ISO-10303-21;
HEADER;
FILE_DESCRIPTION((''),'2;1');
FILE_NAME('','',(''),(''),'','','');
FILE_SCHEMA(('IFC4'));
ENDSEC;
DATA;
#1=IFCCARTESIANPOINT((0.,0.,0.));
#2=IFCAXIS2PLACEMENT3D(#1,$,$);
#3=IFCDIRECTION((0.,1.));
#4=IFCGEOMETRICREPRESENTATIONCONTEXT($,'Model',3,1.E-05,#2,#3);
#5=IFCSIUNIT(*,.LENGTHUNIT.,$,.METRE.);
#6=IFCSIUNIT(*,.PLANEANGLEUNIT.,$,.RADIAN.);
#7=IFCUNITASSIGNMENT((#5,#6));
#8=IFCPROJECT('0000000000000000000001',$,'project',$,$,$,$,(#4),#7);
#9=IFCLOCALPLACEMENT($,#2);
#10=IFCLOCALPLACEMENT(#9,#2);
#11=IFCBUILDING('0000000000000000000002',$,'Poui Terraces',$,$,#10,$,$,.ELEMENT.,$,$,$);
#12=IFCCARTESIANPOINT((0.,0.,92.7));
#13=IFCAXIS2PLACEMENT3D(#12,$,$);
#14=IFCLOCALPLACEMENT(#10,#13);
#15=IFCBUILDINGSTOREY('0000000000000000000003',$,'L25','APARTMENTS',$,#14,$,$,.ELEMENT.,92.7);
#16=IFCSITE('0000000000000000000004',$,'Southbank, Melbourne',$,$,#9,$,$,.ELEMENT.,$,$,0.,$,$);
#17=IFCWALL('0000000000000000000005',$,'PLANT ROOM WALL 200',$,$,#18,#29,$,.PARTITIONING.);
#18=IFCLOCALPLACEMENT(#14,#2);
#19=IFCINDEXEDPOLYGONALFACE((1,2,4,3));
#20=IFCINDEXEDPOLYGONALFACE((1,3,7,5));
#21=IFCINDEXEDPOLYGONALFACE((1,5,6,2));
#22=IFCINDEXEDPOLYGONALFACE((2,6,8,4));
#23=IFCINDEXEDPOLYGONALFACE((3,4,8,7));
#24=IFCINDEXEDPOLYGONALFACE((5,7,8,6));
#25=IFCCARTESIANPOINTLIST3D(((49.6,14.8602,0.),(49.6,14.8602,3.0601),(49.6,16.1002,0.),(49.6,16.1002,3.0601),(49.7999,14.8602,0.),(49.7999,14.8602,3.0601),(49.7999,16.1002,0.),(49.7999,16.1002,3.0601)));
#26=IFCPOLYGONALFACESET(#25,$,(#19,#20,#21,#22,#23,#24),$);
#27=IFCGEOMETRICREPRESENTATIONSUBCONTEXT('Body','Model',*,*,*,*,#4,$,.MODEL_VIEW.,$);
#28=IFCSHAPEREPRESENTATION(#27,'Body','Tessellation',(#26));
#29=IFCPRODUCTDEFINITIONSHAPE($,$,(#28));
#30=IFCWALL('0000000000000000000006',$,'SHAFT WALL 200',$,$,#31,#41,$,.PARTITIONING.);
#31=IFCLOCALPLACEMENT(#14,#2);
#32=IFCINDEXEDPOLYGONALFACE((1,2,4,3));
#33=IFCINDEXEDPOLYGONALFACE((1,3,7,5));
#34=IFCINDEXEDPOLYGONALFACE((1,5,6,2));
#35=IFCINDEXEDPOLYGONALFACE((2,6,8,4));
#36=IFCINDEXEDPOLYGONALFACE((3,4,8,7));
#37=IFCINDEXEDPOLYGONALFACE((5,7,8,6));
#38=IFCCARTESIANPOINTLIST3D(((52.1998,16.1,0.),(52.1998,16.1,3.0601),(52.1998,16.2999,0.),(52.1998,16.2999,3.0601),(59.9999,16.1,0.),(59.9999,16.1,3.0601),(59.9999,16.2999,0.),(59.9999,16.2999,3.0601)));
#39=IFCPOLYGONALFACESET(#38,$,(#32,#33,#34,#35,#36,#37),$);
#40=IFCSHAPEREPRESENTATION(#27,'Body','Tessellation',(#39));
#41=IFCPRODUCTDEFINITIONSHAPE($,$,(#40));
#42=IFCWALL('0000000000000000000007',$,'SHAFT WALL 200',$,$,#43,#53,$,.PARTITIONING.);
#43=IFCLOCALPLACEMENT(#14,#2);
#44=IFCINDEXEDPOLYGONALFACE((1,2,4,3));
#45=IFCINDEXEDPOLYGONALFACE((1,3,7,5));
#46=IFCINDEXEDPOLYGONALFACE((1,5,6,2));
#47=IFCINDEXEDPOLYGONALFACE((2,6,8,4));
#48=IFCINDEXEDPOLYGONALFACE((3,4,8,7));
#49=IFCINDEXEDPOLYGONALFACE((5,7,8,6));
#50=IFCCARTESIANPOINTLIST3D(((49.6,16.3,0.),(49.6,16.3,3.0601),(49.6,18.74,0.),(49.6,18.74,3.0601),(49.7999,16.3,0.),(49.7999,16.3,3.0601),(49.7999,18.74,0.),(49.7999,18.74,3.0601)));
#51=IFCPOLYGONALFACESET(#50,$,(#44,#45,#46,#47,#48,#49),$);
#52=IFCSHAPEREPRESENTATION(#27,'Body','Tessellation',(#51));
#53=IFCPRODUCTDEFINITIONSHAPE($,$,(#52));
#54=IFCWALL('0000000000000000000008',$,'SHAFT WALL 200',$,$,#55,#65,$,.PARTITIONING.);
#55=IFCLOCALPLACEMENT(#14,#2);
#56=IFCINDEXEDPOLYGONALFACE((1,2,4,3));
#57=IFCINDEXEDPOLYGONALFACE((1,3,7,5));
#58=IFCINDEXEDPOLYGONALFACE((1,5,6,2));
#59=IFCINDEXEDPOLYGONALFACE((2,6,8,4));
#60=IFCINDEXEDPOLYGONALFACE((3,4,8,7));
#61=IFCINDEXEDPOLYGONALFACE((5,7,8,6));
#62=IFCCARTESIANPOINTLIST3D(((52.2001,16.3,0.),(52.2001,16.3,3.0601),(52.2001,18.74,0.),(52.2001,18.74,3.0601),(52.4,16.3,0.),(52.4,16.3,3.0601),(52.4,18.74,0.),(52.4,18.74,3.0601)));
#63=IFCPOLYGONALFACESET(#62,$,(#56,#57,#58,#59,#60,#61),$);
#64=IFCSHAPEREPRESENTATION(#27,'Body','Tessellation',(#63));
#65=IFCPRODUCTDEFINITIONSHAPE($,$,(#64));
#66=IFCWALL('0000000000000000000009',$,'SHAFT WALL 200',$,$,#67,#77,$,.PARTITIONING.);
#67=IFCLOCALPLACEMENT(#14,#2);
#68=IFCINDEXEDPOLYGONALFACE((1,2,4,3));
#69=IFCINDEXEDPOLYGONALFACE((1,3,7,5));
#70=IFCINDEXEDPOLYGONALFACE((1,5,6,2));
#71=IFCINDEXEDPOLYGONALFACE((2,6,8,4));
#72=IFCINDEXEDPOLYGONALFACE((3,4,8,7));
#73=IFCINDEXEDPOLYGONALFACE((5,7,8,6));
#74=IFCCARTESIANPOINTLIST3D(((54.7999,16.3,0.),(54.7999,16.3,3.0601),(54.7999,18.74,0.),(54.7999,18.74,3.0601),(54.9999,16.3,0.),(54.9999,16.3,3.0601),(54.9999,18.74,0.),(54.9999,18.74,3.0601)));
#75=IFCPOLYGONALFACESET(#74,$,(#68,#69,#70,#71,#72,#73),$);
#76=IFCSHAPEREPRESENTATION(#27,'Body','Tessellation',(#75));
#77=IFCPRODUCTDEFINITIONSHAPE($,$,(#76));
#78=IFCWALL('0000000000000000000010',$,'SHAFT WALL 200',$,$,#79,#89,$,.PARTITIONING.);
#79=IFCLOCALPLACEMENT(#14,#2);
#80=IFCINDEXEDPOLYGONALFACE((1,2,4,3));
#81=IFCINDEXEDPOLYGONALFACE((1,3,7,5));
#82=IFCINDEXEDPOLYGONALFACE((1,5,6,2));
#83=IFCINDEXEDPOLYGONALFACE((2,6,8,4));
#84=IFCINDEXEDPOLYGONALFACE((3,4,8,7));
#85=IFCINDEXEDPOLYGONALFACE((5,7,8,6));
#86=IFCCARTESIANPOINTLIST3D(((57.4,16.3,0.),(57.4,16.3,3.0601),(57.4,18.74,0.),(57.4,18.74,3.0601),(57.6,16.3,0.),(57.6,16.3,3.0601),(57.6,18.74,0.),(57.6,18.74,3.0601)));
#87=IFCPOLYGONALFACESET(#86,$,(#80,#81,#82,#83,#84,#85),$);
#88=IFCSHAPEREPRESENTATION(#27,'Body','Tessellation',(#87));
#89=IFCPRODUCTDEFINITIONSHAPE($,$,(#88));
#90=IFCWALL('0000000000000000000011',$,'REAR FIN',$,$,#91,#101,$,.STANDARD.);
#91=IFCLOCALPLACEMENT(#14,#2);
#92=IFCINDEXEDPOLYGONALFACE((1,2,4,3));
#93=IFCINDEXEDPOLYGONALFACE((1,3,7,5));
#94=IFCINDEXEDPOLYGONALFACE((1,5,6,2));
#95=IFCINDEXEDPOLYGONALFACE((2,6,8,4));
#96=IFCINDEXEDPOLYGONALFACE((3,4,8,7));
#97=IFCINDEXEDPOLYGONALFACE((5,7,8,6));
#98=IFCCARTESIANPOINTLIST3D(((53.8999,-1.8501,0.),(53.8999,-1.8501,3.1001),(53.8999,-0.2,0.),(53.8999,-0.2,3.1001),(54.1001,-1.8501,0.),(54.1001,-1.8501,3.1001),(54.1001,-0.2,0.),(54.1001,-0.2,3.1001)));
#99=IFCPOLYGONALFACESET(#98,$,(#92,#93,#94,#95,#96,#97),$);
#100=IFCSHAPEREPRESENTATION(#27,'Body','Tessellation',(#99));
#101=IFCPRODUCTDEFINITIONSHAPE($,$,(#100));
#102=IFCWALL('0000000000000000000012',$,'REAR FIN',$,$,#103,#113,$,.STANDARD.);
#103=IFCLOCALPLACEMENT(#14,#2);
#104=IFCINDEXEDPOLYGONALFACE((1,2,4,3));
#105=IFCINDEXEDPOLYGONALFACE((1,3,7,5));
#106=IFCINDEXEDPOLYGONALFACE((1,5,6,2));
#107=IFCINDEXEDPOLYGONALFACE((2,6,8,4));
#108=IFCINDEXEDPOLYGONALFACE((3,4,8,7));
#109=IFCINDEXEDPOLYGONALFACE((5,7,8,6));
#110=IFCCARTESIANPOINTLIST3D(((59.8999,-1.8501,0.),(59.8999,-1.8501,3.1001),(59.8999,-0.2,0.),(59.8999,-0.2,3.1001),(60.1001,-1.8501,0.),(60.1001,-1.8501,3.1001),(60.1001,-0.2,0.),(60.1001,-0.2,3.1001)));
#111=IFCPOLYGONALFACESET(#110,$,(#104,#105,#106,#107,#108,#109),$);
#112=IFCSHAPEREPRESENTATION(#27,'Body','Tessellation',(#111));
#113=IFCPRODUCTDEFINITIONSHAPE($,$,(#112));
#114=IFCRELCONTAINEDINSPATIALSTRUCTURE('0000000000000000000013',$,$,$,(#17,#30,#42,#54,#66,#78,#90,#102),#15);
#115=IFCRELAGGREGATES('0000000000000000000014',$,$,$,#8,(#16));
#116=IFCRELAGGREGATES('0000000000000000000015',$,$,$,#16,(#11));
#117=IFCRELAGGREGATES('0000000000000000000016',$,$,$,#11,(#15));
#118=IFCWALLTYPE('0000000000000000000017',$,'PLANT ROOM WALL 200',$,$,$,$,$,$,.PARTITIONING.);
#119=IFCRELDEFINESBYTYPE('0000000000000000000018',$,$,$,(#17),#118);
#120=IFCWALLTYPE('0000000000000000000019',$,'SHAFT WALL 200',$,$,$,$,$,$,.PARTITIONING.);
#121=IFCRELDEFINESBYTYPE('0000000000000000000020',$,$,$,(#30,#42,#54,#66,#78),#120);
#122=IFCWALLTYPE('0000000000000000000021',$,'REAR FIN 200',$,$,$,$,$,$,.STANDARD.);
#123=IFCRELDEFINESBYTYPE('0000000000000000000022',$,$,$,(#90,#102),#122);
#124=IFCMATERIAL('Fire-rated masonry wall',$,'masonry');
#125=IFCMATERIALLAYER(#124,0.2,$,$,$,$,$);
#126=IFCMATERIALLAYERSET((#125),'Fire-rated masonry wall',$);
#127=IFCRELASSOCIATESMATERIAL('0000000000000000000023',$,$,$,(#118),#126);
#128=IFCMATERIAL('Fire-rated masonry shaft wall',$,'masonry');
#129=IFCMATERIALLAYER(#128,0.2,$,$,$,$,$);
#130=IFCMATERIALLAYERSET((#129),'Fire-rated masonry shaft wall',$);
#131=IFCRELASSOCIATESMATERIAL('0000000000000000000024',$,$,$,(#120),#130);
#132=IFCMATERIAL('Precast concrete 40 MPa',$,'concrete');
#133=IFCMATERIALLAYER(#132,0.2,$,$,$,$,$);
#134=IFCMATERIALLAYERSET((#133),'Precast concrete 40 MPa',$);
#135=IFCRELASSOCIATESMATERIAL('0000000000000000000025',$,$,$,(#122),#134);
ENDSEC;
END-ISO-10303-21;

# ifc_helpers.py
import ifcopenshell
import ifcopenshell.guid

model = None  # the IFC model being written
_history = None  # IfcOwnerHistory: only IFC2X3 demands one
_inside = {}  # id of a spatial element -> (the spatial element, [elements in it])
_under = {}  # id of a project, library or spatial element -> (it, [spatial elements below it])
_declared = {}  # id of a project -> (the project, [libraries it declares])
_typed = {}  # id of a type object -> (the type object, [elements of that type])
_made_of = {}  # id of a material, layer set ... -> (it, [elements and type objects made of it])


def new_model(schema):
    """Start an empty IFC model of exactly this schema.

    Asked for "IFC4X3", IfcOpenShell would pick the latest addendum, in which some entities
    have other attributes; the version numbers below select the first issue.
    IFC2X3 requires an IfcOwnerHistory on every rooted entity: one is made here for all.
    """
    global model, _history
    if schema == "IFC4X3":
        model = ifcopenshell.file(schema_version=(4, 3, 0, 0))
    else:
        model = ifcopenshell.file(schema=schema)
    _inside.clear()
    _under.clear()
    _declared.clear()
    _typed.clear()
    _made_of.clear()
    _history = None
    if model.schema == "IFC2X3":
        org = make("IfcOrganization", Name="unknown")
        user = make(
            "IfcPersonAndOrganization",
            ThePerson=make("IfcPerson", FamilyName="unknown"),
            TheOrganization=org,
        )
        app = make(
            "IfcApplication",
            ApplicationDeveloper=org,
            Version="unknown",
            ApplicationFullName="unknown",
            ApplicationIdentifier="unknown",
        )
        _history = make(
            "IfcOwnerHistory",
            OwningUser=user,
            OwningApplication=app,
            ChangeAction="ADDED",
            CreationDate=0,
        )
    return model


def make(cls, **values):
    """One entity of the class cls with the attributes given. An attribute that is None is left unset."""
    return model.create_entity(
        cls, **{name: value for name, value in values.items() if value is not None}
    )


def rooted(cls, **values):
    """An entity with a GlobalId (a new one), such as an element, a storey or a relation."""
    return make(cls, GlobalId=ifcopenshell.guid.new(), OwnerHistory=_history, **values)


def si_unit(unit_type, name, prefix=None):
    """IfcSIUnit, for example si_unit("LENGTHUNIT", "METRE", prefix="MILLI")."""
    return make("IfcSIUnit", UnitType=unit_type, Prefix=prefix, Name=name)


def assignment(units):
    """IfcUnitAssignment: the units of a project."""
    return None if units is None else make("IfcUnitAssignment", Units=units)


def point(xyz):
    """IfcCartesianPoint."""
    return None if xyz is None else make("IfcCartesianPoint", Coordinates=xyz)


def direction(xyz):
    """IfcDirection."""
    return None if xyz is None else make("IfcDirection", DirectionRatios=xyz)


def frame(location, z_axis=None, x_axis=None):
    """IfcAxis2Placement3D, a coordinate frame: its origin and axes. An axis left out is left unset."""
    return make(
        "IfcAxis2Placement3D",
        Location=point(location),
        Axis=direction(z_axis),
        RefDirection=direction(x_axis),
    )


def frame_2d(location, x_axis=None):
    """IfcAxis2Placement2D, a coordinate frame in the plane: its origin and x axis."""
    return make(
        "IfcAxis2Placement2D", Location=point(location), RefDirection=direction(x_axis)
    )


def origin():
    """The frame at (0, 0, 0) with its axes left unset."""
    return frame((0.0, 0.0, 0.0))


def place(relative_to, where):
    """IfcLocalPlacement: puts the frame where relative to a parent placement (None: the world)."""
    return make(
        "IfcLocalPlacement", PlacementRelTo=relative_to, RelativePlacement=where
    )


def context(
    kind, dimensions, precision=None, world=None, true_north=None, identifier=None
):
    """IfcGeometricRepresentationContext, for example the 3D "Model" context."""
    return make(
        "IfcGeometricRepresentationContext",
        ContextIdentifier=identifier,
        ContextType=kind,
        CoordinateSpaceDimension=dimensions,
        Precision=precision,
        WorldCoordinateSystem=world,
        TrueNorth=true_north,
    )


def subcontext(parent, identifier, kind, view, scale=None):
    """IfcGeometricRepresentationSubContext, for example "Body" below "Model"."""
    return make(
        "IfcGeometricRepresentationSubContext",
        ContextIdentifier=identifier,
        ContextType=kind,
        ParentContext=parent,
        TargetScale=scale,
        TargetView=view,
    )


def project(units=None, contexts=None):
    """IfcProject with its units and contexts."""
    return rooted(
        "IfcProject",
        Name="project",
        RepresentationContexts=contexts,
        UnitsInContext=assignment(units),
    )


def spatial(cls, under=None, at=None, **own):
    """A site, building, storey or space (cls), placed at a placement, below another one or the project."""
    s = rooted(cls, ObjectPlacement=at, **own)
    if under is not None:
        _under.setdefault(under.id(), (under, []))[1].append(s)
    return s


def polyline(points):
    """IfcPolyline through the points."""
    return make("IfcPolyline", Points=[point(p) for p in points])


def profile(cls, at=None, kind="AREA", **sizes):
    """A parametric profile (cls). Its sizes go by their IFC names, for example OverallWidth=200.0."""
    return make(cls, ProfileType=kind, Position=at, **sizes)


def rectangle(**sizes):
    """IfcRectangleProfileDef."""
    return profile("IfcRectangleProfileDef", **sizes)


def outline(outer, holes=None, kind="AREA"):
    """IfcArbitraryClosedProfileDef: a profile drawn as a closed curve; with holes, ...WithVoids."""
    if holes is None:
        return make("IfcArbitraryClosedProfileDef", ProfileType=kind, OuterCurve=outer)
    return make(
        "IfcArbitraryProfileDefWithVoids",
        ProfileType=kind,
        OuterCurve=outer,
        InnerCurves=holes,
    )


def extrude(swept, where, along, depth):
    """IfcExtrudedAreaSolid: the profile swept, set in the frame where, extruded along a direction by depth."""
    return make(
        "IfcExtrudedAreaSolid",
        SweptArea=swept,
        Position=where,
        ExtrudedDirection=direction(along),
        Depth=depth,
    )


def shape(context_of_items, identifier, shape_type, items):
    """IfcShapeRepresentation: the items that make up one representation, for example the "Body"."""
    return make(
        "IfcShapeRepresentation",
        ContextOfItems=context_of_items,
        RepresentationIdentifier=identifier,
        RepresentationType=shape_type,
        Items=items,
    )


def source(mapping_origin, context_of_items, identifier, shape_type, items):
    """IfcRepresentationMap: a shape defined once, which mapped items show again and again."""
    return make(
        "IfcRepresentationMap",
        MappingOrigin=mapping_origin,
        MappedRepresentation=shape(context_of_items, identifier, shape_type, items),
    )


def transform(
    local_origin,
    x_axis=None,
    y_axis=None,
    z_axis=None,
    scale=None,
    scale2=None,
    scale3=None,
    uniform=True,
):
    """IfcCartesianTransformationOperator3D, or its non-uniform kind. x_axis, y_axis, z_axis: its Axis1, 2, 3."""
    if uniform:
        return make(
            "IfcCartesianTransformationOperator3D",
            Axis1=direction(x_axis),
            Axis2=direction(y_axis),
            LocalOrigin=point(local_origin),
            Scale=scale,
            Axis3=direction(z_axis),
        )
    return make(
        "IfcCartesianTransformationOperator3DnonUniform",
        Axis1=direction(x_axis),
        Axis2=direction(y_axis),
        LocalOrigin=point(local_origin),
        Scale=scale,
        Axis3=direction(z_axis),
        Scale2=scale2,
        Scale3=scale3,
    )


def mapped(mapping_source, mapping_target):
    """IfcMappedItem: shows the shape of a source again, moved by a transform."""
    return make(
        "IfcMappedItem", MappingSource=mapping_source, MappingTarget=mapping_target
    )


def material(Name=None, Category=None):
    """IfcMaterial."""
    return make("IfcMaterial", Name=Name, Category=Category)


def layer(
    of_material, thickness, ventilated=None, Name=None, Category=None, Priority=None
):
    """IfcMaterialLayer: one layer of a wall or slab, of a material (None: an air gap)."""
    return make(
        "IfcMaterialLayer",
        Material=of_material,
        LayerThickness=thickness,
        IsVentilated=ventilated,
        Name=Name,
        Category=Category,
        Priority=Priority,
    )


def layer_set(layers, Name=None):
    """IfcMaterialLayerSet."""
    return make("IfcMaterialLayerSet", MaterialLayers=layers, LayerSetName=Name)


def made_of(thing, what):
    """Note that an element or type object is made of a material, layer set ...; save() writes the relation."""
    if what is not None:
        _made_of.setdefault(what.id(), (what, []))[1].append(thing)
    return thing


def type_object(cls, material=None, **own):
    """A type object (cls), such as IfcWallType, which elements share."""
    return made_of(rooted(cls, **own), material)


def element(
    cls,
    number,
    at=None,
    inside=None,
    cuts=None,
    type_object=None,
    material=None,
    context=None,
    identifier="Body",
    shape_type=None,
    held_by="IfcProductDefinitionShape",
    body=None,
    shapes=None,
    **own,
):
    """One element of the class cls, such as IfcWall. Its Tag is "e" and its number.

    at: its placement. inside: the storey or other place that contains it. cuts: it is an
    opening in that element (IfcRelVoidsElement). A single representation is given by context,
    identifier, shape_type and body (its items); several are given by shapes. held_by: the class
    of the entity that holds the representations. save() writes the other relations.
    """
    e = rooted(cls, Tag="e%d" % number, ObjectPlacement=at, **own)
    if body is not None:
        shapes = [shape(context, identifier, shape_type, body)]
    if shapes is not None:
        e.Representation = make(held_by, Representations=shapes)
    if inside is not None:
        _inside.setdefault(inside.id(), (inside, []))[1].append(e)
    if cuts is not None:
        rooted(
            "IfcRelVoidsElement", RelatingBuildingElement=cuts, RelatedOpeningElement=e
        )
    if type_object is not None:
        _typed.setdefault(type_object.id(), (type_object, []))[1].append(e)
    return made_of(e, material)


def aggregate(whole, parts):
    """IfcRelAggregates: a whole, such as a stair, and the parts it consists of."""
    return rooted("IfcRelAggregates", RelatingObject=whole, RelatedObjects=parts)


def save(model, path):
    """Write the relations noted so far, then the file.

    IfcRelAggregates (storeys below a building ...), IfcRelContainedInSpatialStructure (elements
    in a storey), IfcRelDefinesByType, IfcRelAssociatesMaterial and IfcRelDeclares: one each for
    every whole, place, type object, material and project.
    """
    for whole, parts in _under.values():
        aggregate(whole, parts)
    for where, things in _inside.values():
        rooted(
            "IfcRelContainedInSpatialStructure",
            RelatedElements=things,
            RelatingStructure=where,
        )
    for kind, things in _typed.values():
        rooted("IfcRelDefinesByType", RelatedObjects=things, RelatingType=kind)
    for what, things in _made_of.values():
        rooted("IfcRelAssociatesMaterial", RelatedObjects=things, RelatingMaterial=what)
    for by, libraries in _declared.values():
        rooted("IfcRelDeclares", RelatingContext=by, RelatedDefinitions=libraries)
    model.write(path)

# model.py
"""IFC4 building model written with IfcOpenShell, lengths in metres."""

from ifc_helpers import new_model, si_unit, direction, frame, frame_2d, origin, place, context, subcontext, project, spatial, polyline, rectangle, outline, extrude, source, transform, mapped, material, layer, layer_set, type_object, element, save


model = new_model("IFC4")

# Units and contexts
model_context = context("Model", 3, precision=1e-05, world=origin(), true_north=direction((0.0, 1.0)))
body_context = subcontext(model_context, "Body", "Model", "MODEL_VIEW")
ifc_project = project(units=[si_unit("LENGTHUNIT", "METRE"), si_unit("PLANEANGLEUNIT", "RADIAN")], contexts=[model_context])

# Site, building, storey
site_placement = place(None, origin())
site = spatial("IfcSite", under=ifc_project, at=site_placement, Name="Southbank, Melbourne", CompositionType="ELEMENT", RefElevation=0.0)
building_placement = place(site_placement, origin())
building = spatial("IfcBuilding", under=site, at=building_placement, Name="Poui Terraces", CompositionType="ELEMENT")
storey_placement = place(building_placement, frame((0.0, 0.0, 92.7)))
storey = spatial("IfcBuildingStorey", under=building, at=storey_placement, Name="L25", Description="APARTMENTS", CompositionType="ELEMENT", Elevation=92.7)

# Shared definitions
ifc_material_1 = material(Name="Precast concrete 40 MPa", Category="concrete")

# Walls
ifc_material_2 = material(Name="Fire-rated masonry wall", Category="masonry")
ifc_layer_1 = layer(ifc_material_2, 0.2)
ifc_layer_set_1 = layer_set([ifc_layer_1], Name="Fire-rated masonry wall")
wall_type_1 = type_object("IfcWallType", Name="PLANT ROOM WALL 200", PredefinedType="PARTITIONING", material=ifc_layer_set_1)
wall_1_placement = place(storey_placement, frame((49.7, 14.8601, 0.0), z_axis=(0.0, 0.0, 1.0), x_axis=(0.0, 1.0, 0.0)))
element("IfcWall", 1, at=wall_1_placement, inside=storey, type_object=wall_type_1, Name="PLANT ROOM WALL 200", PredefinedType="PARTITIONING", context=body_context, shape_type="SweptSolid", body=[
    extrude(rectangle(XDim=1.24, YDim=0.2, at=frame_2d((0.6201, 0.0))), origin(), (0.0, 0.0, 1.0), 3.0601),
])
ifc_material_3 = material(Name="Fire-rated masonry shaft wall", Category="masonry")
ifc_layer_2 = layer(ifc_material_3, 0.2)
ifc_layer_set_2 = layer_set([ifc_layer_2], Name="Fire-rated masonry shaft wall")
wall_type_2 = type_object("IfcWallType", Name="SHAFT WALL 200", PredefinedType="PARTITIONING", material=ifc_layer_set_2)
wall_2_placement = place(storey_placement, frame((52.2, 16.2, 0.0), z_axis=(0.0, 0.0, 1.0), x_axis=(1.0, 0.0, 0.0)))
element("IfcWall", 2, at=wall_2_placement, inside=storey, type_object=wall_type_2, Name="SHAFT WALL 200", PredefinedType="PARTITIONING", context=body_context, shape_type="SweptSolid", body=[
    extrude(rectangle(XDim=7.8, YDim=0.2, at=frame_2d((3.8999, 0.0))), origin(), (0.0, 0.0, 1.0), 3.0601),
])
for number, where, z_axis, x_axis, name in (
    (3, (49.7, 16.3, 0.0), (0.0, 0.0, 1.0), (0.0, 1.0, 0.0), "SHAFT WALL 200"),
    (4, (52.3, 16.3, 0.0), (0.0, 0.0, 1.0), (0.0, 1.0, 0.0), "SHAFT WALL 200"),
    (5, (54.8999, 16.3, 0.0), (0.0, 0.0, 1.0), (0.0, 1.0, 0.0), "SHAFT WALL 200"),
    (6, (57.5, 16.3, 0.0), (0.0, 0.0, 1.0), (0.0, 1.0, 0.0), "SHAFT WALL 200"),
):
    element("IfcWall", number, at=place(storey_placement, frame(where, z_axis=z_axis, x_axis=x_axis)), inside=storey, type_object=wall_type_2, Name=name, PredefinedType="PARTITIONING", context=body_context, shape_type="SweptSolid", body=[
        extrude(rectangle(XDim=2.4399, YDim=0.2, at=frame_2d((1.22, 0.0))), origin(), (0.0, 0.0, 1.0), 3.0601),
    ])
ifc_layer_3 = layer(ifc_material_1, 0.2)
ifc_layer_set_3 = layer_set([ifc_layer_3], Name="Precast concrete 40 MPa")
wall_type_3 = type_object("IfcWallType", Name="REAR FIN 200", PredefinedType="STANDARD", material=ifc_layer_set_3)
shared_shape_1 = source(origin(), body_context, "Body", "SweptSolid", [
    extrude(outline(polyline([(0.0, 0.0), (0.2002, 0.0), (0.2002, 1.6501), (0.0, 1.6501), (0.0, 0.0)])), origin(), (0.0, 0.0, 1.0), 3.1001),
])
for number, where, name in (
    (7, (53.8999, -1.8501, 0.0), "REAR FIN"),
    (8, (59.8999, -1.8501, 0.0), "REAR FIN"),
):
    element("IfcWall", number, at=place(storey_placement, frame(where)), inside=storey, type_object=wall_type_3, Name=name, PredefinedType="STANDARD", context=body_context, shape_type="MappedRepresentation", body=[
        mapped(shared_shape_1, transform((0.0, 0.0, 0.0))),
    ])

save(model, "model.ifc")
